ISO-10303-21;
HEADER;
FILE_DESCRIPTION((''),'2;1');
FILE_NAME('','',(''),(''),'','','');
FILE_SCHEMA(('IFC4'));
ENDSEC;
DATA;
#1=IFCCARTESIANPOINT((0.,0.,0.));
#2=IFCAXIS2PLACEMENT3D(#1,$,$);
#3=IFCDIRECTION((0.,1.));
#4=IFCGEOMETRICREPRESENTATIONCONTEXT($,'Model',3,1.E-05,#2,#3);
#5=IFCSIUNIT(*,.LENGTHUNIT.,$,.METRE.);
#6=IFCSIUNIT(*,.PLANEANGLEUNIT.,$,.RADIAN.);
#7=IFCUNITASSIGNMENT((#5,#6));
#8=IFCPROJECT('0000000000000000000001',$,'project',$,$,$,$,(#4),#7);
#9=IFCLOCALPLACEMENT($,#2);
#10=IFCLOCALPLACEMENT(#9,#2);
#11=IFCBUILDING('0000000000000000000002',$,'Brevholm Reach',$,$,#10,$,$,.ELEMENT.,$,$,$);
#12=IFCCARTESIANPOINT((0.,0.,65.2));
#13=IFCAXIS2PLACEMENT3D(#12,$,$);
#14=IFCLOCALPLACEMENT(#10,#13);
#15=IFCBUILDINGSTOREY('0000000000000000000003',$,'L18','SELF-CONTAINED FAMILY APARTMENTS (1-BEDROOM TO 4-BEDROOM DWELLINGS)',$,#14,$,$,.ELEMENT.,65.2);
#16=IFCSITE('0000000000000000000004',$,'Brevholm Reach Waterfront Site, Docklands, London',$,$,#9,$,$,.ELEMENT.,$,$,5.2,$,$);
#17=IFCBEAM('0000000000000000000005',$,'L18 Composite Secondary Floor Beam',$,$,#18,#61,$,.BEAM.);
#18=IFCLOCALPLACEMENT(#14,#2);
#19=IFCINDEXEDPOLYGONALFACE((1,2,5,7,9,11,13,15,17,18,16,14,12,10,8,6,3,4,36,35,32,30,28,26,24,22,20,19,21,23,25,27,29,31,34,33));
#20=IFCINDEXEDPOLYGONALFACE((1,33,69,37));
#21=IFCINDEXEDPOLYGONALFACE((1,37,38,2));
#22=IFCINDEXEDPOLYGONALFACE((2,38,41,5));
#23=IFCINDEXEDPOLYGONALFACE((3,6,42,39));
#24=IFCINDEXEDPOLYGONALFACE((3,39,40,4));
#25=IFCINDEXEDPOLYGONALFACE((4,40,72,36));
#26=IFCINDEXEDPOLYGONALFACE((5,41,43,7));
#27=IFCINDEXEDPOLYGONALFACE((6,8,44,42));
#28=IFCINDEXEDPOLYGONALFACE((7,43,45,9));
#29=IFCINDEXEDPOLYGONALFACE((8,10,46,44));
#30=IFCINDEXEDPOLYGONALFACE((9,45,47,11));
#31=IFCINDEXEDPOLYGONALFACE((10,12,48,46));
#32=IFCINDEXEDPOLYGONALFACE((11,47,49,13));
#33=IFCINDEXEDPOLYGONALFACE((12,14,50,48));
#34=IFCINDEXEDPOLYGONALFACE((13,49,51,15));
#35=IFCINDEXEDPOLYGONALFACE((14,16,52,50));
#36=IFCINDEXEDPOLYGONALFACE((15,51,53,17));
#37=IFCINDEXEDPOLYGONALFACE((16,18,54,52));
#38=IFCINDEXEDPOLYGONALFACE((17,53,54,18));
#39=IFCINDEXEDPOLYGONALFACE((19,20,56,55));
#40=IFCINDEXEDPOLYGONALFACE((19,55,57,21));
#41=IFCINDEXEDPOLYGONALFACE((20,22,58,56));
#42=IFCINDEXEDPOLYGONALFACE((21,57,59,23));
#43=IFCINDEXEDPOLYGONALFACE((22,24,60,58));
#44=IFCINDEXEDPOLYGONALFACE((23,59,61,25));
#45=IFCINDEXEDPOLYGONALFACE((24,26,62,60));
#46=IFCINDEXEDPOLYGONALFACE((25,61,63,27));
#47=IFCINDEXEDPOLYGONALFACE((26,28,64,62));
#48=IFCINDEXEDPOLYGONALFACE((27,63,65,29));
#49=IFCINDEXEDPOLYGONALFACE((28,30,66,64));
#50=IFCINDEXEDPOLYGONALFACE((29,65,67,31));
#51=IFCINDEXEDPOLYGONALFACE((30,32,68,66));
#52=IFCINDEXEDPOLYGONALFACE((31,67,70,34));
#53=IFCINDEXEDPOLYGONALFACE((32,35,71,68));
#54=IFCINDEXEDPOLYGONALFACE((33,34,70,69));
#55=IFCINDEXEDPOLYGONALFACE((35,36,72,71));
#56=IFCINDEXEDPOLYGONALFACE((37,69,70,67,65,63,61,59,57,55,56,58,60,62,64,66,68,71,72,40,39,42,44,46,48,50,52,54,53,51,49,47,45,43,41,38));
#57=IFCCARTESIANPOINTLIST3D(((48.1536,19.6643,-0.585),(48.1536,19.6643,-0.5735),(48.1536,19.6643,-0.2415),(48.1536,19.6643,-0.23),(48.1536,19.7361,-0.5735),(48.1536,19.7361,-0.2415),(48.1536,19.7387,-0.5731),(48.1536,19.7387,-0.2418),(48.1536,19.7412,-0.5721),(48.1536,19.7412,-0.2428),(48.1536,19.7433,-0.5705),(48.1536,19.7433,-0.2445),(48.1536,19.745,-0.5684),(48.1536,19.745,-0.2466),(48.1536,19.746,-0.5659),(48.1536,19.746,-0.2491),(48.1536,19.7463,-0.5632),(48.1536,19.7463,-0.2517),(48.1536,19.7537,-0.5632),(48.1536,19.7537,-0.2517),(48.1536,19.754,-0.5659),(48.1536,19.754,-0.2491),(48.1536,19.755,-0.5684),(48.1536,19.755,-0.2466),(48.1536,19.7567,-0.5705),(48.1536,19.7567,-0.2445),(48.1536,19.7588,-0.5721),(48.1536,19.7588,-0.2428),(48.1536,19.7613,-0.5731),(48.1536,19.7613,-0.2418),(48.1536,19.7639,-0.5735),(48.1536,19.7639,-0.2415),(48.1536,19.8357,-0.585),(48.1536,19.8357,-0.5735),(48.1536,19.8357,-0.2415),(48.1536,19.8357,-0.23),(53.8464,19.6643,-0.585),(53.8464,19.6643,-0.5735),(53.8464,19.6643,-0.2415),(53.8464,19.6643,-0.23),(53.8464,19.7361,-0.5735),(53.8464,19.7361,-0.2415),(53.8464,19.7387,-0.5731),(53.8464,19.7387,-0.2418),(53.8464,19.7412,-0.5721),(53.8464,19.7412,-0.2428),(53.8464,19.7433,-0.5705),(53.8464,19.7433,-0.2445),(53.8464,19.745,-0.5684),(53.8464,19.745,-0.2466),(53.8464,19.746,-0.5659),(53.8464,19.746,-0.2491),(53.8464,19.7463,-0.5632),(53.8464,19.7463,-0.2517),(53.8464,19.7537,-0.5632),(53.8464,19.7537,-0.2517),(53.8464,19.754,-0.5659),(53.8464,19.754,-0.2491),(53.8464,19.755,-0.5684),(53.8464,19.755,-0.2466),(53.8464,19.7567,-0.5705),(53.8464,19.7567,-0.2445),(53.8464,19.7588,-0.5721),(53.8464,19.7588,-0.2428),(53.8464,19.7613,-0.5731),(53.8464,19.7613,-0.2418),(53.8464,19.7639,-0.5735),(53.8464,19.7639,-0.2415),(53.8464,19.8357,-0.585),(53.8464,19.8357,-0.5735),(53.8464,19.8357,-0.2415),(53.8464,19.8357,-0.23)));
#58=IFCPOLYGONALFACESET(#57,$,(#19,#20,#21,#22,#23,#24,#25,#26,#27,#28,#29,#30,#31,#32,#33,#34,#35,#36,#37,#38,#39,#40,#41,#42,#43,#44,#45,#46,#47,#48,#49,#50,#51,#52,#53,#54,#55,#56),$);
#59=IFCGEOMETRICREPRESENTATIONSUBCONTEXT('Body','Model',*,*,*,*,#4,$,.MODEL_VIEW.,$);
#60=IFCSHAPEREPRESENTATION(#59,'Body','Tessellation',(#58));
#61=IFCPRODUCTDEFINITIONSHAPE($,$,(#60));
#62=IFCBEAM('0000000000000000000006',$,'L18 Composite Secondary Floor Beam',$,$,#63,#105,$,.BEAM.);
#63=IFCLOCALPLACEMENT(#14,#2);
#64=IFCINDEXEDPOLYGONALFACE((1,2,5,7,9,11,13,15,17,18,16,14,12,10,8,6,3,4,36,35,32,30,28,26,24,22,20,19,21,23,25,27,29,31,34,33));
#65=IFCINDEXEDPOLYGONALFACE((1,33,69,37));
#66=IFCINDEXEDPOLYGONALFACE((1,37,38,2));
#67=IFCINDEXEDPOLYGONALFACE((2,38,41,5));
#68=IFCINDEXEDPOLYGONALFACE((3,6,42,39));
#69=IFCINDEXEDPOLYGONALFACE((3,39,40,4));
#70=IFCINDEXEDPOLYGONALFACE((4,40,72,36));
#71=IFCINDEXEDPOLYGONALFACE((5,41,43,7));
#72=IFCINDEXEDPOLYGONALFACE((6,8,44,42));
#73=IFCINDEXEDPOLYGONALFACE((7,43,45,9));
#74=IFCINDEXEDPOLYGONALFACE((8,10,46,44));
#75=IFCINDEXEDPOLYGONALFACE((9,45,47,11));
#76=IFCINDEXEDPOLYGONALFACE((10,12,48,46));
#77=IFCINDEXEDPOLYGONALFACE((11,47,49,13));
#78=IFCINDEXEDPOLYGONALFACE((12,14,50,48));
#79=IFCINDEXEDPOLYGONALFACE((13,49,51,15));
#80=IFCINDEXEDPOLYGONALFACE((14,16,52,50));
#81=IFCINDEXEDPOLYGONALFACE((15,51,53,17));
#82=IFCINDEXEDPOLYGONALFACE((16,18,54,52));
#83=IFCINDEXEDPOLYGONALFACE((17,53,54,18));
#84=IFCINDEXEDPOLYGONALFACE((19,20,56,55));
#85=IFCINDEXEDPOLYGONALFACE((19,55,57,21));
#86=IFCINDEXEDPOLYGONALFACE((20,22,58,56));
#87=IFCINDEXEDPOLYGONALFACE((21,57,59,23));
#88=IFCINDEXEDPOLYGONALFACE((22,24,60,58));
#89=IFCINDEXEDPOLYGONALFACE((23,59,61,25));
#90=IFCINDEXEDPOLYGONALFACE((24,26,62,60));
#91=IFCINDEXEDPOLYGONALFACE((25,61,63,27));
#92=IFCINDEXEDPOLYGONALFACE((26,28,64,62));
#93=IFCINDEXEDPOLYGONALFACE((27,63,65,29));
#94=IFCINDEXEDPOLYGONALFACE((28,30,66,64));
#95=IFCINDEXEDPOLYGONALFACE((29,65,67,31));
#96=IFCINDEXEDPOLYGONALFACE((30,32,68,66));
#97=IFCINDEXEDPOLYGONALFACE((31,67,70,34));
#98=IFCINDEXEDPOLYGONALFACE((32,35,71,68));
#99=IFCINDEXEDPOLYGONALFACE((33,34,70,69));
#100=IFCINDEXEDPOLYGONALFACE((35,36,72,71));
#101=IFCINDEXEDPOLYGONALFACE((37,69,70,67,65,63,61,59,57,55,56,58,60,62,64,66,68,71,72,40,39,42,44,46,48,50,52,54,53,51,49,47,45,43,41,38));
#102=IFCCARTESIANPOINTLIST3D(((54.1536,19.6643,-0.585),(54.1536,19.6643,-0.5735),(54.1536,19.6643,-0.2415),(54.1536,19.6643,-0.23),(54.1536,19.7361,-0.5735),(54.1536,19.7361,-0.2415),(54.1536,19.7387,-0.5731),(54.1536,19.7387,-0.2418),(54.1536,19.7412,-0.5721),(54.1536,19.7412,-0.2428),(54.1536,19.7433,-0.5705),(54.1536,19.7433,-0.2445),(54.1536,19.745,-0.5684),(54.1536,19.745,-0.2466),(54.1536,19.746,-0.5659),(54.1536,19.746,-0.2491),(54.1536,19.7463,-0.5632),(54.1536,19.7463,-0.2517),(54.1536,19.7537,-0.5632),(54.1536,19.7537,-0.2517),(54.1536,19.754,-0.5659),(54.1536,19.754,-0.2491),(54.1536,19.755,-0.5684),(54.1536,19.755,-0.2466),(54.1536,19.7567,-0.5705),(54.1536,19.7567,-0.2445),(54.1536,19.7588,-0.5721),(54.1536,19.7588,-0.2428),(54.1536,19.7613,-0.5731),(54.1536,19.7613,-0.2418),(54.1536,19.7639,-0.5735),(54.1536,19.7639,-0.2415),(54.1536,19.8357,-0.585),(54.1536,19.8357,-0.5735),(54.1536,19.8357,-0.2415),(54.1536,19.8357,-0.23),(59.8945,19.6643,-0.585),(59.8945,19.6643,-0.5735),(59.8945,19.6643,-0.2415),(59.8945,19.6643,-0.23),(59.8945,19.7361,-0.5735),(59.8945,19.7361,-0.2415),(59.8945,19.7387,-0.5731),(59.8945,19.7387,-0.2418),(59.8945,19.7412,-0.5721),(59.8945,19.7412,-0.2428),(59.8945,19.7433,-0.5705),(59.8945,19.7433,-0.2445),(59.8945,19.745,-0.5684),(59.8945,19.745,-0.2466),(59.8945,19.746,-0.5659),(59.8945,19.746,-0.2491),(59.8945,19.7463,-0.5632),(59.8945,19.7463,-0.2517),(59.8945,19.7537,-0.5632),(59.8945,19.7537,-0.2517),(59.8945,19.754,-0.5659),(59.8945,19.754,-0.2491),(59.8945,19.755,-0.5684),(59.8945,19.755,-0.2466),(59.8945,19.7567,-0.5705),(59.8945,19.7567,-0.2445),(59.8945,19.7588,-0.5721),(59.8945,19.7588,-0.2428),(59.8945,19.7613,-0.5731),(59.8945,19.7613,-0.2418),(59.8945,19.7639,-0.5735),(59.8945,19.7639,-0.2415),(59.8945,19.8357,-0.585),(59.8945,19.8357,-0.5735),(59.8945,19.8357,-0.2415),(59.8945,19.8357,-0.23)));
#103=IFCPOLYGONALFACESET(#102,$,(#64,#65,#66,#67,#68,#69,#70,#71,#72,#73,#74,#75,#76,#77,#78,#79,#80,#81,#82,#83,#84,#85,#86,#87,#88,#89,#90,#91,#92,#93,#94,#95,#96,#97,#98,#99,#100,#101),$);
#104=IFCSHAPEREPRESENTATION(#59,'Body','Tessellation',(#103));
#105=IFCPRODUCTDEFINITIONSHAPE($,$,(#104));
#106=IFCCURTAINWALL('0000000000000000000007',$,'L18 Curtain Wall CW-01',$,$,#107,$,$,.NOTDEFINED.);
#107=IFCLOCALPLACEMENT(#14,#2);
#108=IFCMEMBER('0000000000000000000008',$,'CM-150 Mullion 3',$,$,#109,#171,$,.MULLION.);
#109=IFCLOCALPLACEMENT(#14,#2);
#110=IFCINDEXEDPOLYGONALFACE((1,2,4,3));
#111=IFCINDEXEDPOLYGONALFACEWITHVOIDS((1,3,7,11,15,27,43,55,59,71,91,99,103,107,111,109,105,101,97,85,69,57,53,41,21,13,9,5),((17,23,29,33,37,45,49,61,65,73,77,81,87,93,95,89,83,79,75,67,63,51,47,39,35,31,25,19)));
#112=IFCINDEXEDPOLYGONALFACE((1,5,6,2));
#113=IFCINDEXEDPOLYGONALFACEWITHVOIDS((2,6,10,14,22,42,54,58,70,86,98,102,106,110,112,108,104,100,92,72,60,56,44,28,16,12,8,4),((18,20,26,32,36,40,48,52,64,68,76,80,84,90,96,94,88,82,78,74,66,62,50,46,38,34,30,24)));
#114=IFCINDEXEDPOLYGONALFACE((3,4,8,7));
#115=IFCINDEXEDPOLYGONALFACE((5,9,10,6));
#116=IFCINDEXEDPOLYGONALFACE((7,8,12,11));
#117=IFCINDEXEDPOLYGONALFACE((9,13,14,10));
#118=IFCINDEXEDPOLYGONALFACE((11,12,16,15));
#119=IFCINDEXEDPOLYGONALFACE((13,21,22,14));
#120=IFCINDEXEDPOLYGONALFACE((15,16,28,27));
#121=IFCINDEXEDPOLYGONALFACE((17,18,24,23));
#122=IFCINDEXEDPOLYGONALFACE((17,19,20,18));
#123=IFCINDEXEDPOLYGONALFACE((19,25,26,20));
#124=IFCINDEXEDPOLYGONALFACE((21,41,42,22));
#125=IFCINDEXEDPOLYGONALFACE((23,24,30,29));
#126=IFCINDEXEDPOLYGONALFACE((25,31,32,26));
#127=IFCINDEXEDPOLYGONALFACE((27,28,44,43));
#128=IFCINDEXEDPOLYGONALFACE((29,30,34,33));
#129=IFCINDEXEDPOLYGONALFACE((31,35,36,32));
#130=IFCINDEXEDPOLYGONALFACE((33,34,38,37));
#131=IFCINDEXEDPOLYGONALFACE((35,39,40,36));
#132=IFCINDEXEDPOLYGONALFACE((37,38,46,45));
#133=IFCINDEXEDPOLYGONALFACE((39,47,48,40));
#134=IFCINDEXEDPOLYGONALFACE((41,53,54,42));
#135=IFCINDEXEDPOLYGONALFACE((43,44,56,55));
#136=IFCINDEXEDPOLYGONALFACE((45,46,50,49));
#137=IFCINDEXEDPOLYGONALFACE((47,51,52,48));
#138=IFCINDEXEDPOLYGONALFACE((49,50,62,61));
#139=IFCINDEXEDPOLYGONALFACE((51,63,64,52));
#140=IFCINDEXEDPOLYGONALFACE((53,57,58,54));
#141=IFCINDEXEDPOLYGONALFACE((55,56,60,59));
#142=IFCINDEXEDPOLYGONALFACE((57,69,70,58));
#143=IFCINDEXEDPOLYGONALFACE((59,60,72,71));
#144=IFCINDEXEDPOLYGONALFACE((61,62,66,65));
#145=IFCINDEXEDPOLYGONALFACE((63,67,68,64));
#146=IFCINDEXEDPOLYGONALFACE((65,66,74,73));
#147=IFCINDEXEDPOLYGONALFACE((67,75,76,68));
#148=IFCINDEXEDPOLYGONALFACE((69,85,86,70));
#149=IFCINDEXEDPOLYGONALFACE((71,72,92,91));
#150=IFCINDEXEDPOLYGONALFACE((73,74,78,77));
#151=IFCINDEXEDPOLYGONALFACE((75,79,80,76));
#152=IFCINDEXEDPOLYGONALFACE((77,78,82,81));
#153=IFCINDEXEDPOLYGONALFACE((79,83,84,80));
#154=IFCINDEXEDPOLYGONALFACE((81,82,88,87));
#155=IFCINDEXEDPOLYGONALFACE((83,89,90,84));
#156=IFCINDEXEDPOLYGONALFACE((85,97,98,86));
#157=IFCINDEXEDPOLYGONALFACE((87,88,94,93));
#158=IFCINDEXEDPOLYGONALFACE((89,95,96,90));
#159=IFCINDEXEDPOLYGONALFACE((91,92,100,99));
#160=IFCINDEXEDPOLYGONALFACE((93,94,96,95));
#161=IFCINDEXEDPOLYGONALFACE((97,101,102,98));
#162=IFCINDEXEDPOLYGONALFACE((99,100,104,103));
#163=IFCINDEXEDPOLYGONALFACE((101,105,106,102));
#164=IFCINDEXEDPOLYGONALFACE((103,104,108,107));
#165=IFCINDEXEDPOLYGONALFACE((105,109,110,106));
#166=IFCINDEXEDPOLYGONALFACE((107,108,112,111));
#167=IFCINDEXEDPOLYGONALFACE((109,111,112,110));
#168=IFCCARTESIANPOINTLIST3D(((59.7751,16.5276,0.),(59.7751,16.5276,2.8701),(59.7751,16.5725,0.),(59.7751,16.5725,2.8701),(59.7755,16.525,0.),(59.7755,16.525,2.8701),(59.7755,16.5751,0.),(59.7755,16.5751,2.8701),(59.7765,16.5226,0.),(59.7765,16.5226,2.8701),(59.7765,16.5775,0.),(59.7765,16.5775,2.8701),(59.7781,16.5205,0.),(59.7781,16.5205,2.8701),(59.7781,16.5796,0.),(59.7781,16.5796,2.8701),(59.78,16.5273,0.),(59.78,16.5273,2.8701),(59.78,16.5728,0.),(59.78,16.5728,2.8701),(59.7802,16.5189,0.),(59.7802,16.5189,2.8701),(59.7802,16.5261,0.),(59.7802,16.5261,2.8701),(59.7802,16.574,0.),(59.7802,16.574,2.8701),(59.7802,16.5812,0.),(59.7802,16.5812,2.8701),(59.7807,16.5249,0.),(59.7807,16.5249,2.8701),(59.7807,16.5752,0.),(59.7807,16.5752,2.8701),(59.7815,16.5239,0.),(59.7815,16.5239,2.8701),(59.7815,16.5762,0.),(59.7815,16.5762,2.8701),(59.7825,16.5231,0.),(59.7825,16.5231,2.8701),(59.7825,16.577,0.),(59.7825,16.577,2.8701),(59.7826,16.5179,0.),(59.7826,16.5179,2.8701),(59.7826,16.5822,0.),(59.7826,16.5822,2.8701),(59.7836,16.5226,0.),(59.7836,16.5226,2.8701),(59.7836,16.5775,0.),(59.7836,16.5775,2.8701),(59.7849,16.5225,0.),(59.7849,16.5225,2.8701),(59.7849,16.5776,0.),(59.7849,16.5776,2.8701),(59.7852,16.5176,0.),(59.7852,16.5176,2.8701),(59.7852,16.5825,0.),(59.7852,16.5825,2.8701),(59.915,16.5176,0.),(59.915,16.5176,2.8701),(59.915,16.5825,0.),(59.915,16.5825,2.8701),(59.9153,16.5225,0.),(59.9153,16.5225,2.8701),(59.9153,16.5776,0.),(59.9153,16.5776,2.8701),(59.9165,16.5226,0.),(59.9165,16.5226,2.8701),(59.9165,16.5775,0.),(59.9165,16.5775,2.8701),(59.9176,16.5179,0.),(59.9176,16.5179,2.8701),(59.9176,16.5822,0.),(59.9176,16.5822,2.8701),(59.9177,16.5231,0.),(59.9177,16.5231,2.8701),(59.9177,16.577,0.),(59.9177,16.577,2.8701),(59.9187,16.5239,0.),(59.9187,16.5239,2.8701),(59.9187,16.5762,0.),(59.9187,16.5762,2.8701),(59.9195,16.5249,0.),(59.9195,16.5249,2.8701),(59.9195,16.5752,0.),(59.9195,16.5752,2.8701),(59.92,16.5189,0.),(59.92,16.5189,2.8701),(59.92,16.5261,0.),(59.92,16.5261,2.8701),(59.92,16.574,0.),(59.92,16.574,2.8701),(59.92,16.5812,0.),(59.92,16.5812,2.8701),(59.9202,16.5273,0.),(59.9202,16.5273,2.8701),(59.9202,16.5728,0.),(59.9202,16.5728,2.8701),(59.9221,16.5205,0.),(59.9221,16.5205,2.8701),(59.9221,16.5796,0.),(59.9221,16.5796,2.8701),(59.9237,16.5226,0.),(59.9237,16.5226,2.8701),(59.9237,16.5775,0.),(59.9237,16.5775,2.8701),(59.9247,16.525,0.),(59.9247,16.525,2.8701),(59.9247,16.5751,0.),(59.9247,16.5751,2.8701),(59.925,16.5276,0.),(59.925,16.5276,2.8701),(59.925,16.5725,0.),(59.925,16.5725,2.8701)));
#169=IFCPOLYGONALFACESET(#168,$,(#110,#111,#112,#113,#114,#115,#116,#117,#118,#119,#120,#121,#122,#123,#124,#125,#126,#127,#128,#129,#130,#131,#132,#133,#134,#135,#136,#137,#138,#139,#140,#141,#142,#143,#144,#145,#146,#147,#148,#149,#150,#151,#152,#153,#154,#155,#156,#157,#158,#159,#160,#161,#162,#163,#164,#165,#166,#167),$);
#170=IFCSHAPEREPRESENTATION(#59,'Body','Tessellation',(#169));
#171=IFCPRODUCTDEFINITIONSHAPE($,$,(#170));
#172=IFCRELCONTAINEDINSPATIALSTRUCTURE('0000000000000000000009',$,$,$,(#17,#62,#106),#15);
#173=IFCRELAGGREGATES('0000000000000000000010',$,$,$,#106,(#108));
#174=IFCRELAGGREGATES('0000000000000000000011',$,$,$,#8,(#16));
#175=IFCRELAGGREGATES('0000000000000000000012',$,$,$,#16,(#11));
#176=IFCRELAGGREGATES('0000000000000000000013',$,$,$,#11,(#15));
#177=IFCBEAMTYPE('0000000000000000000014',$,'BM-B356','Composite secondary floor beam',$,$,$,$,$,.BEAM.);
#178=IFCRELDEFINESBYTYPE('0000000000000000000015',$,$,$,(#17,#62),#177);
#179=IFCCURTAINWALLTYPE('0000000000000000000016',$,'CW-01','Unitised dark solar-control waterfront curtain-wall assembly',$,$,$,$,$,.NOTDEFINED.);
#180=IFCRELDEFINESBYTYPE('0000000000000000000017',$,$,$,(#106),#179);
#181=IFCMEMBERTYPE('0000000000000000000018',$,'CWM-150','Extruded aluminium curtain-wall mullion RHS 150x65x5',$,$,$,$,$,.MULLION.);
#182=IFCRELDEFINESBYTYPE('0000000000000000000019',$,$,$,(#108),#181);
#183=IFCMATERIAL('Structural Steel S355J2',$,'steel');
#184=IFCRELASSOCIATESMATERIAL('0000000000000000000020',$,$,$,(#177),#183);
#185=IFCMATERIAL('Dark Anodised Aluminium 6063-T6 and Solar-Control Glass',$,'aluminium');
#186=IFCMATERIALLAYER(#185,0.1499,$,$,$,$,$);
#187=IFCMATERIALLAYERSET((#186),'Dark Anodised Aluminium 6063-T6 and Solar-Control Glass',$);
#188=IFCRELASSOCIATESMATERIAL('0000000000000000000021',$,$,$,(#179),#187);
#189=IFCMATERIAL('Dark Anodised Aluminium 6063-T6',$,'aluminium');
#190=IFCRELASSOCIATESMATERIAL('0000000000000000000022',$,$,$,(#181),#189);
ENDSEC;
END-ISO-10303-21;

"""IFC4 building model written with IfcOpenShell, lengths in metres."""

from ifc_helpers import new_model, si_unit, direction, frame, origin, origin_2d, place, context, subcontext, project, spatial, hollow_rectangle, i_section, extrude, material, layer, layer_set, material_profile, profile_set, type_object, element, aggregate, save


model = new_model("IFC4")

# Units and contexts
model_context = context("Model", 3, precision=1e-05, world=origin(), true_north=direction((0.0, 1.0)))
body_context = subcontext(model_context, "Body", "Model", "MODEL_VIEW")
ifc_project = project(units=[si_unit("LENGTHUNIT", "METRE"), si_unit("PLANEANGLEUNIT", "RADIAN")], contexts=[model_context])

# Site, building, storey
site_placement = place(None, origin())
site = spatial("IfcSite", under=ifc_project, at=site_placement, Name="Brevholm Reach Waterfront Site, Docklands, London", CompositionType="ELEMENT", RefElevation=5.2)
building_placement = place(site_placement, origin())
building = spatial("IfcBuilding", under=site, at=building_placement, Name="Brevholm Reach", CompositionType="ELEMENT")
storey_placement = place(building_placement, frame((0.0, 0.0, 65.2)))
storey = spatial("IfcBuildingStorey", under=building, at=storey_placement, Name="L18", Description="SELF-CONTAINED FAMILY APARTMENTS (1-BEDROOM TO 4-BEDROOM DWELLINGS)", CompositionType="ELEMENT", Elevation=65.2)

# Beams
ifc_material_1 = material(Name="Structural Steel S355J2", Category="steel")
ifc_material_profile_1 = material_profile(ifc_material_1, i_section(OverallWidth=0.1714, OverallDepth=0.355, WebThickness=0.0073, FlangeThickness=0.0115, FilletRadius=0.0103, at=origin_2d()), Name="UKB 356x171x51")
ifc_profile_set_1 = profile_set([ifc_material_profile_1], Name="Structural Steel S355J2")
beam_type = type_object("IfcBeamType", Name="BM-B356", Description="Composite secondary floor beam", PredefinedType="BEAM", material=ifc_profile_set_1)
beam_1_placement = place(storey_placement, frame((48.1536, 19.75, -0.4075), z_axis=(1.0, 0.0, 0.0), x_axis=(0.0, 1.0, 0.0)))
element("IfcBeam", 1, at=beam_1_placement, inside=storey, type_object=beam_type, Name="L18 Composite Secondary Floor Beam", PredefinedType="BEAM", context=body_context, shape_type="SweptSolid", body=[
    extrude(i_section(OverallWidth=0.1714, OverallDepth=0.355, WebThickness=0.0073, FlangeThickness=0.0115, FilletRadius=0.0103, at=origin_2d()), origin(), (0.0, 0.0, 1.0), 5.6929),
])
beam_2_placement = place(storey_placement, frame((54.1536, 19.75, -0.4075), z_axis=(1.0, 0.0, 0.0), x_axis=(0.0, 1.0, 0.0)))
element("IfcBeam", 2, at=beam_2_placement, inside=storey, type_object=beam_type, Name="L18 Composite Secondary Floor Beam", PredefinedType="BEAM", context=body_context, shape_type="SweptSolid", body=[
    extrude(i_section(OverallWidth=0.1714, OverallDepth=0.355, WebThickness=0.0073, FlangeThickness=0.0115, FilletRadius=0.0103, at=origin_2d()), origin(), (0.0, 0.0, 1.0), 5.741),
])

# Curtain wall, member
ifc_material_2 = material(Name="Dark Anodised Aluminium 6063-T6 and Solar-Control Glass", Category="aluminium")
ifc_layer_1 = layer(ifc_material_2, 0.1499)
ifc_layer_set_1 = layer_set([ifc_layer_1], Name="Dark Anodised Aluminium 6063-T6 and Solar-Control Glass")
curtain_wall_type = type_object("IfcCurtainWallType", Name="CW-01", Description="Unitised dark solar-control waterfront curtain-wall assembly", PredefinedType="NOTDEFINED", material=ifc_layer_set_1)
curtain_wall_placement = place(storey_placement, origin())
curtain_wall = element("IfcCurtainWall", 3, at=curtain_wall_placement, inside=storey, type_object=curtain_wall_type, Name="L18 Curtain Wall CW-01", PredefinedType="NOTDEFINED")
ifc_material_3 = material(Name="Dark Anodised Aluminium 6063-T6", Category="aluminium")
ifc_material_profile_2 = material_profile(ifc_material_3, hollow_rectangle(XDim=0.0649, YDim=0.1499, WallThickness=0.0049, InnerFilletRadius=0.0049, OuterFilletRadius=0.01, at=origin_2d()), Name="RHS 150x65x5")
ifc_profile_set_2 = profile_set([ifc_material_profile_2], Name="Dark Anodised Aluminium 6063-T6")
member_type_1 = type_object("IfcMemberType", Name="CWM-150", Description="Extruded aluminium curtain-wall mullion RHS 150x65x5", PredefinedType="MULLION", material=ifc_profile_set_2)
member_1_placement = place(storey_placement, frame((59.8501, 16.55, 0.0), z_axis=(0.0, 0.0, 1.0), x_axis=(0.0, 1.0, 0.0)))
member_1 = element("IfcMember", 4, at=member_1_placement, type_object=member_type_1, Name="CM-150 Mullion 3", PredefinedType="MULLION", context=body_context, shape_type="SweptSolid", body=[
    extrude(hollow_rectangle(XDim=0.0649, YDim=0.1499, WallThickness=0.0049, InnerFilletRadius=0.0049, OuterFilletRadius=0.01, at=origin_2d()), origin(), (0.0, 0.0, 1.0), 2.8701),
])
aggregate(curtain_wall, [member_1])

save(model, "model.ifc")
